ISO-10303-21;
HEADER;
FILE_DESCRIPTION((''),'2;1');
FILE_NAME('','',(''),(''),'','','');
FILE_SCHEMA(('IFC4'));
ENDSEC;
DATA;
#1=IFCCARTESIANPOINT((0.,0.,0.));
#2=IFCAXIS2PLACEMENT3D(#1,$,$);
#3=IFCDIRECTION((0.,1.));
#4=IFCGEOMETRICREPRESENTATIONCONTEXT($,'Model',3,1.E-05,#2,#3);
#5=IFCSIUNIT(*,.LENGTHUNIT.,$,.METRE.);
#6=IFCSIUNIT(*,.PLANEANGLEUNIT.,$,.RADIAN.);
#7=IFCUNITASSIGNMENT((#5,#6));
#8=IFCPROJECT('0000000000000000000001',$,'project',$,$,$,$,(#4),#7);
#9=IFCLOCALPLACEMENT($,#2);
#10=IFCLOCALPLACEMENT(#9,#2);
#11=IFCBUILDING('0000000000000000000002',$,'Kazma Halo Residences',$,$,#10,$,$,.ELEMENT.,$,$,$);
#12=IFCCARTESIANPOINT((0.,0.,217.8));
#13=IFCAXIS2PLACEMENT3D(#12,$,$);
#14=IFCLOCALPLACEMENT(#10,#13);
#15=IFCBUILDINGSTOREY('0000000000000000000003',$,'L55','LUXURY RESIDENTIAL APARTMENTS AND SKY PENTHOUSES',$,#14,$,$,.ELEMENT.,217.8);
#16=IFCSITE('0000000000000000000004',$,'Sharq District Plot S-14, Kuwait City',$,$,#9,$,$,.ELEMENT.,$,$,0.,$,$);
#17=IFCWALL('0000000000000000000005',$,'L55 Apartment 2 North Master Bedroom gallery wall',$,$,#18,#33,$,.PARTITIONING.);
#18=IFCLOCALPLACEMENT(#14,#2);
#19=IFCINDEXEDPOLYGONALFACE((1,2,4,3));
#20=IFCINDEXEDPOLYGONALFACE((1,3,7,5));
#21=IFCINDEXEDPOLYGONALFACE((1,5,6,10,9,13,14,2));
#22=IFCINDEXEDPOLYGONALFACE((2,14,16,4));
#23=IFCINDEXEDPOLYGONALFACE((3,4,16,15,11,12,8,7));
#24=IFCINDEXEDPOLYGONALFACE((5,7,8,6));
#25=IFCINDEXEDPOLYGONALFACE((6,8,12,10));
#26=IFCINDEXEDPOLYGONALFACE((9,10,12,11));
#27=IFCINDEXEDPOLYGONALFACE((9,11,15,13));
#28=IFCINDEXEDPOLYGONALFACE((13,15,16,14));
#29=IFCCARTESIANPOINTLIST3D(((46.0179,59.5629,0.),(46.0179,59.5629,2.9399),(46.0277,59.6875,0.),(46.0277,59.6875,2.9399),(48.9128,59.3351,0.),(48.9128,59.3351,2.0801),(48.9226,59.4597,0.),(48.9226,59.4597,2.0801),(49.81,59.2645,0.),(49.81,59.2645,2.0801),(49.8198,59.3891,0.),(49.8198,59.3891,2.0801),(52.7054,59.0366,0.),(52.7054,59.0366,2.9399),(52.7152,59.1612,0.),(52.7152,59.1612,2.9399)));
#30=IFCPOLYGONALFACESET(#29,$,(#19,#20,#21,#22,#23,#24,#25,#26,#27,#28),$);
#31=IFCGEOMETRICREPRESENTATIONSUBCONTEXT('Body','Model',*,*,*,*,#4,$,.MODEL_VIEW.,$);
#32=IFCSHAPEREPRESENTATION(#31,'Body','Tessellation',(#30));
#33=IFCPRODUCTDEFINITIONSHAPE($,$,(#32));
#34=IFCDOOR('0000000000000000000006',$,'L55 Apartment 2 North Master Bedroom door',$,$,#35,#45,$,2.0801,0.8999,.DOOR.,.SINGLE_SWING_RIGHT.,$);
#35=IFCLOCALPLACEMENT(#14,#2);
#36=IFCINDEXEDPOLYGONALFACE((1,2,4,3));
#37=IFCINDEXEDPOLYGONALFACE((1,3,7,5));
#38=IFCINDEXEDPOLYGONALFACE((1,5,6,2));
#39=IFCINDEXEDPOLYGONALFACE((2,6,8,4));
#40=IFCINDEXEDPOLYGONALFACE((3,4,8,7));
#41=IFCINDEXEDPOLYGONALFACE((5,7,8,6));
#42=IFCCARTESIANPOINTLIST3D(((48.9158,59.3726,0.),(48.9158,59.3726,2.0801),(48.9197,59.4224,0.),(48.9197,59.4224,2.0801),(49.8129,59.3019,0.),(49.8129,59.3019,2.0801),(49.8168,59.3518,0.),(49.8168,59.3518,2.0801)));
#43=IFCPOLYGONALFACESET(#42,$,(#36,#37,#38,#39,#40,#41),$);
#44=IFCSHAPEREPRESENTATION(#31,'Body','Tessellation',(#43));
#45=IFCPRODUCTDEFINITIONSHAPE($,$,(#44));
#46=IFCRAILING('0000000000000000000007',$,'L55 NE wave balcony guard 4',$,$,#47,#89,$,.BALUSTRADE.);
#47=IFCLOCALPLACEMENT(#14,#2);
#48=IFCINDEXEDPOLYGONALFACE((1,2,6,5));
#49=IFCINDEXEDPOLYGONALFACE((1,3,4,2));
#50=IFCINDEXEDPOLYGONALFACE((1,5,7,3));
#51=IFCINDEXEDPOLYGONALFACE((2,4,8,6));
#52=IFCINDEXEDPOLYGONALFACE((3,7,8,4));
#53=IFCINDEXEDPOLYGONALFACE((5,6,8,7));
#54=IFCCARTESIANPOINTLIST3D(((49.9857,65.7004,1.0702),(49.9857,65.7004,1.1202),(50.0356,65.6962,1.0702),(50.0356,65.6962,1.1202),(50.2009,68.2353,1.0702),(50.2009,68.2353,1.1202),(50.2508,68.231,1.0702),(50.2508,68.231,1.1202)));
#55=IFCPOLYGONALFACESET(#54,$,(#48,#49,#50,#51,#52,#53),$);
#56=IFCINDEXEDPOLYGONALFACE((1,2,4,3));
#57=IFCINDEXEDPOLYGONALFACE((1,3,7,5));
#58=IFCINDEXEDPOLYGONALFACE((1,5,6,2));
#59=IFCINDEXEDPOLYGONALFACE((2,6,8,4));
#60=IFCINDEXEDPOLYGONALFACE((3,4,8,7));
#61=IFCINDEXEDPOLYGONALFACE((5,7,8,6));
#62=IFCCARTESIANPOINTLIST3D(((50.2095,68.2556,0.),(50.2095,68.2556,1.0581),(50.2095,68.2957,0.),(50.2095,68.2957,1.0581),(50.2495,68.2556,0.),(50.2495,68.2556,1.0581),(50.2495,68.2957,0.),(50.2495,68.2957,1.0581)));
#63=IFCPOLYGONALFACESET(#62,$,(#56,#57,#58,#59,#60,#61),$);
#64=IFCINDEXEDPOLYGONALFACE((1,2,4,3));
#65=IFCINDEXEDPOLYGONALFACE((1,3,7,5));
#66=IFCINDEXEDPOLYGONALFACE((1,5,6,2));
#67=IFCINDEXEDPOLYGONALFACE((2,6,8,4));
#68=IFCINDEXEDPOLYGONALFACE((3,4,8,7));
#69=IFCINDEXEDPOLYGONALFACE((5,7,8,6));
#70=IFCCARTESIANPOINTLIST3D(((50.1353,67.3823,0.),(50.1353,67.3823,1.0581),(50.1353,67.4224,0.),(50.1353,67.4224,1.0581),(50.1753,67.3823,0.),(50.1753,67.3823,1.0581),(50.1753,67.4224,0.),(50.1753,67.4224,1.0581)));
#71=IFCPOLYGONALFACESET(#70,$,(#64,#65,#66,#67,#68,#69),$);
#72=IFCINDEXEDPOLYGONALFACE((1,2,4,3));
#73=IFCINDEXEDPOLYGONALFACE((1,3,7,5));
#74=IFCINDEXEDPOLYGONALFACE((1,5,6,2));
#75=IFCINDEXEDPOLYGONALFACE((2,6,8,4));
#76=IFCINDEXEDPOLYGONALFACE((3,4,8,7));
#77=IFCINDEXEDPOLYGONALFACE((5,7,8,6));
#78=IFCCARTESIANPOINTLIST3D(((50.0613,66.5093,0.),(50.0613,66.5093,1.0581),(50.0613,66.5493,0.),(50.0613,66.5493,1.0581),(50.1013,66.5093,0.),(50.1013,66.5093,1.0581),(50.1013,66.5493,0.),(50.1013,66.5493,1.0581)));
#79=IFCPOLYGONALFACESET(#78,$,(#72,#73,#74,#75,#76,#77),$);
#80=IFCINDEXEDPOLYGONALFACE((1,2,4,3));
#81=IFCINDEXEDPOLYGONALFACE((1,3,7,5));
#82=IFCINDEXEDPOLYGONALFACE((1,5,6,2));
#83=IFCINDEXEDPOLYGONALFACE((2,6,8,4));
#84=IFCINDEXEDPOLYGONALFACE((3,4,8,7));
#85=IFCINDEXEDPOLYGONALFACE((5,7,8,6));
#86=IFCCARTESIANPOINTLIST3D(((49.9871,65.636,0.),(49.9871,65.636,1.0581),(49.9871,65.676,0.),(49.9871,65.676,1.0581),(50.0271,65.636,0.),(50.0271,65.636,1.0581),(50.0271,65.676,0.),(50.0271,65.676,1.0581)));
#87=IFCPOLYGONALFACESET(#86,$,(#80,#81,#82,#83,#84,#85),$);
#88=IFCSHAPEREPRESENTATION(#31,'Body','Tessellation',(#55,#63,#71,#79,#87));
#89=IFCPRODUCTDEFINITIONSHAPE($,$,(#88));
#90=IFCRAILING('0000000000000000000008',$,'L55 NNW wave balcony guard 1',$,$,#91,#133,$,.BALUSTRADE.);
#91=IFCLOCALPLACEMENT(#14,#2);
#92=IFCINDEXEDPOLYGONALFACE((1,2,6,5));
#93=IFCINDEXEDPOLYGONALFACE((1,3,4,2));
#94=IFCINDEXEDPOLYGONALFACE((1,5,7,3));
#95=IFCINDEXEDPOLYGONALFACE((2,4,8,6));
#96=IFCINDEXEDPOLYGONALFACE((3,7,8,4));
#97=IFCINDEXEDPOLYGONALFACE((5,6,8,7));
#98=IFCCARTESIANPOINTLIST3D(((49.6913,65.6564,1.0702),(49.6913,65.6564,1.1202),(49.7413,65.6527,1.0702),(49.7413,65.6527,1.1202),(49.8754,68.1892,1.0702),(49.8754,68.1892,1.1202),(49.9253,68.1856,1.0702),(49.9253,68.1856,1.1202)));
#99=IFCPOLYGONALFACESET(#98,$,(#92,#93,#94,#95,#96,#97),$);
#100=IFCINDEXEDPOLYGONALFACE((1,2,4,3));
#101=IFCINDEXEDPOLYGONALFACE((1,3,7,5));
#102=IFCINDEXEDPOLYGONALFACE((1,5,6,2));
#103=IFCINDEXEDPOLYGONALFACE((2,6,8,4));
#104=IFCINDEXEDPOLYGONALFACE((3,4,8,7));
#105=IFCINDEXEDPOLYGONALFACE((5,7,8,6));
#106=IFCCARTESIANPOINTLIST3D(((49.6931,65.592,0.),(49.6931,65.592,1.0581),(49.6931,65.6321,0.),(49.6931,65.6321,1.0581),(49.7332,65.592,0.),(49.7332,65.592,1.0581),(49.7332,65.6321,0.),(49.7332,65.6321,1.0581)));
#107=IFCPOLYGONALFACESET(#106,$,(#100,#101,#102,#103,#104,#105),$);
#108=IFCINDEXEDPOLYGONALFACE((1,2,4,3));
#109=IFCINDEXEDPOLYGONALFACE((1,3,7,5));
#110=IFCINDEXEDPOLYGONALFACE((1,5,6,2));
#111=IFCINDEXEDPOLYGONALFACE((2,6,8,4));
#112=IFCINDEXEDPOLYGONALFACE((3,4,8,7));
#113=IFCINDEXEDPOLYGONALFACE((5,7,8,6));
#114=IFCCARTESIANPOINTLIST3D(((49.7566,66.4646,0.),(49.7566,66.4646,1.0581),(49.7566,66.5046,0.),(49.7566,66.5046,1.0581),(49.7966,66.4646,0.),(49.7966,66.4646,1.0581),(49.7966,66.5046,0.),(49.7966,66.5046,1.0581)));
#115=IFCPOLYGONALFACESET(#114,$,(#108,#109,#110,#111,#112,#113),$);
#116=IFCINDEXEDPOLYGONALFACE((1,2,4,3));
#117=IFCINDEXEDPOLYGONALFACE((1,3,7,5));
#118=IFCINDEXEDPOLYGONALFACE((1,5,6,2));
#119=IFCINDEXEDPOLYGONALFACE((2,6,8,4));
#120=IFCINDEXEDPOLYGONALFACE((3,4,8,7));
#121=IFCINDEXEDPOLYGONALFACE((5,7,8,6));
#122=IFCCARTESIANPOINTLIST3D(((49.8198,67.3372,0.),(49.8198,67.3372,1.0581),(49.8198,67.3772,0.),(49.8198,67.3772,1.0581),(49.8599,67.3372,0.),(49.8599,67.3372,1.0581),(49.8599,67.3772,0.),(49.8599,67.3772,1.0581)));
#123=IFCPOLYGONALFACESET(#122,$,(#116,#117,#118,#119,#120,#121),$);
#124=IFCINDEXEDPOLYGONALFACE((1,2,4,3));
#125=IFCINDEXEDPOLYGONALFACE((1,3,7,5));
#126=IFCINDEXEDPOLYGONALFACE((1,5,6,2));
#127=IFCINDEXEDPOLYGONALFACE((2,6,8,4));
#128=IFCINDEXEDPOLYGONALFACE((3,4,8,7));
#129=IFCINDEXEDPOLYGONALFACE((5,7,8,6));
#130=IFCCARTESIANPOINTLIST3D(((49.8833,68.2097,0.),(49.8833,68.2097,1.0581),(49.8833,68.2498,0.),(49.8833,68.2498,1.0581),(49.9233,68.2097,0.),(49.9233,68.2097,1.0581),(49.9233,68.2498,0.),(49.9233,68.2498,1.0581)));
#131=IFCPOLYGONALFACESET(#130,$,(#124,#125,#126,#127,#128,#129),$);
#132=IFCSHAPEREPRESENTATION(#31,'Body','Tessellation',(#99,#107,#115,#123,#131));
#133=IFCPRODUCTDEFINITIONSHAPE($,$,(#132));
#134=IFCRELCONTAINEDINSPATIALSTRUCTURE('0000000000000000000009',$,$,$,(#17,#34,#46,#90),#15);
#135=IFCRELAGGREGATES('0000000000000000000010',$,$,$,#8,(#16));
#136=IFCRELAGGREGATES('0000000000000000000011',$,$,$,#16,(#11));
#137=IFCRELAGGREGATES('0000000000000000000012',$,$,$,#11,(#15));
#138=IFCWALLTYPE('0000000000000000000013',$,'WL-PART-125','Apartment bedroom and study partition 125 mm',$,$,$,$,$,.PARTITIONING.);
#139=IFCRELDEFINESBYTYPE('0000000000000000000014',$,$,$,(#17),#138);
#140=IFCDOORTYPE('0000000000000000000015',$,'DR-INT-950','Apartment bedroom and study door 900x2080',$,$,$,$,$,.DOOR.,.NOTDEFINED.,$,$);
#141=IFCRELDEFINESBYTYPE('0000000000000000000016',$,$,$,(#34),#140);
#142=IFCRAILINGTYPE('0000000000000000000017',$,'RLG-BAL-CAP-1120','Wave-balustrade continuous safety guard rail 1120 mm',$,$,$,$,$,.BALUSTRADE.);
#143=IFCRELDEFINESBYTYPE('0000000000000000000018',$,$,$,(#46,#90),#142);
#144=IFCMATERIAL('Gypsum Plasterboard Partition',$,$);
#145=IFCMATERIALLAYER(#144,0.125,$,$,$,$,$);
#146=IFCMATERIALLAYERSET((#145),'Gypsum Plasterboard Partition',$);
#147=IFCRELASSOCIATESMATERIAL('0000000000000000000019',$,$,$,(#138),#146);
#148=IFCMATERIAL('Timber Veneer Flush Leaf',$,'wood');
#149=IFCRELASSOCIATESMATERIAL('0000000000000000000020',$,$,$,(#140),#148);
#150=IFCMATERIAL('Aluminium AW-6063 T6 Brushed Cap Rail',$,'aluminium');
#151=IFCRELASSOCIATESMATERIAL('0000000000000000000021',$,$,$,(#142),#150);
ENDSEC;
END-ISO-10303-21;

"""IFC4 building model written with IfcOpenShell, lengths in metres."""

from ifc_helpers import new_model, si_unit, direction, frame, frame_2d, origin, origin_2d, place, context, subcontext, project, spatial, rectangle, extrude, material, layer, layer_set, type_object, element, fill, save


model = new_model("IFC4")

# Units and contexts
model_context = context("Model", 3, precision=1e-05, world=origin(), true_north=direction((0.0, 1.0)))
body_context = subcontext(model_context, "Body", "Model", "MODEL_VIEW")
ifc_project = project(units=[si_unit("LENGTHUNIT", "METRE"), si_unit("PLANEANGLEUNIT", "RADIAN")], contexts=[model_context])

# Site, building, storey
site_placement = place(None, origin())
site = spatial("IfcSite", under=ifc_project, at=site_placement, Name="Sharq District Plot S-14, Kuwait City", CompositionType="ELEMENT", RefElevation=0.0)
building_placement = place(site_placement, origin())
building = spatial("IfcBuilding", under=site, at=building_placement, Name="Kazma Halo Residences", CompositionType="ELEMENT")
storey_placement = place(building_placement, frame((0.0, 0.0, 217.8)))
storey = spatial("IfcBuildingStorey", under=building, at=storey_placement, Name="L55", Description="LUXURY RESIDENTIAL APARTMENTS AND SKY PENTHOUSES", CompositionType="ELEMENT", Elevation=217.8)

# Shared definitions
ifc_material_1 = material(Name="Gypsum Plasterboard Partition")
ifc_layer_1 = layer(ifc_material_1, 0.125)
ifc_layer_set_1 = layer_set([ifc_layer_1], Name="Gypsum Plasterboard Partition")
wall_type_1 = type_object("IfcWallType", Name="WL-PART-125", Description="Apartment bedroom and study partition 125 mm", PredefinedType="PARTITIONING", material=ifc_layer_set_1)

# Wall, opening, door
wall_1_placement = place(storey_placement, frame((52.7102, 59.0989, 0.0), z_axis=(0.0, 0.0, 1.0), x_axis=(-0.996917, 0.078466, 0.0)))
wall_1 = element("IfcWall", 1, at=wall_1_placement, inside=storey, type_object=wall_type_1, Name="L55 Apartment 2 North Master Bedroom gallery wall", PredefinedType="PARTITIONING", context=body_context, shape_type="SweptSolid", body=[
    extrude(rectangle(XDim=6.7083, YDim=0.125, at=frame_2d((3.354, 0.0))), origin(), (0.0, 0.0, 1.0), 2.9399),
])
opening_1_placement = place(wall_1_placement, frame((2.9043, 0.0, 0.0)))
opening_1 = element("IfcOpeningElement", 2, at=opening_1_placement, cuts=wall_1, PredefinedType="OPENING", context=body_context, shape_type="SweptSolid", body=[
    extrude(rectangle(XDim=0.8999, YDim=2.0801, at=frame_2d((0.45, 1.04))), frame((0.0, 0.0725, 0.0), z_axis=(0.0, -1.0, 0.0), x_axis=(1.0, 0.0, 0.0)), (0.0, 0.0, 1.0), 0.145),
])
ifc_material_2 = material(Name="Timber Veneer Flush Leaf", Category="wood")
door_type_1 = type_object("IfcDoorType", Name="DR-INT-950", Description="Apartment bedroom and study door 900x2080", OperationType="NOTDEFINED", PredefinedType="DOOR", material=ifc_material_2)
door_1_placement = place(opening_1_placement, origin())
door_1 = element("IfcDoor", 3, at=door_1_placement, inside=storey, type_object=door_type_1, Name="L55 Apartment 2 North Master Bedroom door", OperationType="SINGLE_SWING_RIGHT", OverallHeight=2.0801, OverallWidth=0.8999, PredefinedType="DOOR", context=body_context, shape_type="SweptSolid", body=[
    extrude(rectangle(XDim=0.8999, YDim=2.0801, at=frame_2d((0.45, 1.04))), frame((0.0, 0.0249, 0.0), z_axis=(0.0, -1.0, 0.0), x_axis=(1.0, 0.0, 0.0)), (0.0, 0.0, 1.0), 0.05),
])
fill(opening_1, door_1)

# Railings
ifc_material_3 = material(Name="Aluminium AW-6063 T6 Brushed Cap Rail", Category="aluminium")
railing_type = type_object("IfcRailingType", Name="RLG-BAL-CAP-1120", Description="Wave-balustrade continuous safety guard rail 1120 mm", PredefinedType="BALUSTRADE", material=ifc_material_3)
railing_1_placement = place(storey_placement, frame((50.2295, 68.2756, 0.0)))
element("IfcRailing", 4, at=railing_1_placement, inside=storey, type_object=railing_type, Name="L55 NE wave balcony guard 4", PredefinedType="BALUSTRADE", context=body_context, shape_type="SweptSolid", body=[
    extrude(rectangle(XDim=0.05, YDim=0.05, at=origin_2d()), frame((-0.0037, -0.0425, 1.0952), z_axis=(-0.084598, -0.996415, 0.0), x_axis=(0.996415, -0.084598, 0.0)), (0.0, 0.0, 1.0), 2.5439),
    extrude(rectangle(XDim=0.04, YDim=0.04, at=origin_2d()), origin(), (0.0, 0.0, 1.0), 1.0581),
    extrude(rectangle(XDim=0.04, YDim=0.04, at=origin_2d()), frame((-0.0742, -0.8733, 0.0)), (0.0, 0.0, 1.0), 1.0581),
    extrude(rectangle(XDim=0.04, YDim=0.04, at=origin_2d()), frame((-0.1482, -1.7463, 0.0)), (0.0, 0.0, 1.0), 1.0581),
    extrude(rectangle(XDim=0.04, YDim=0.04, at=origin_2d()), frame((-0.2224, -2.6196, 0.0)), (0.0, 0.0, 1.0), 1.0581),
])
railing_2_placement = place(storey_placement, frame((49.7131, 65.6121, 0.0)))
element("IfcRailing", 5, at=railing_2_placement, inside=storey, type_object=railing_type, Name="L55 NNW wave balcony guard 1", PredefinedType="BALUSTRADE", context=body_context, shape_type="SweptSolid", body=[
    extrude(rectangle(XDim=0.05, YDim=0.05, at=origin_2d()), frame((0.0032, 0.0425, 1.0952), z_axis=(0.072463, 0.997371, 0.0), x_axis=(-0.997371, 0.072463, 0.0)), (0.0, 0.0, 1.0), 2.5396),
    extrude(rectangle(XDim=0.04, YDim=0.04, at=origin_2d()), origin(), (0.0, 0.0, 1.0), 1.0581),
    extrude(rectangle(XDim=0.04, YDim=0.04, at=origin_2d()), frame((0.0635, 0.8726, 0.0)), (0.0, 0.0, 1.0), 1.0581),
    extrude(rectangle(XDim=0.04, YDim=0.04, at=origin_2d()), frame((0.1267, 1.7451, 0.0)), (0.0, 0.0, 1.0), 1.0581),
    extrude(rectangle(XDim=0.04, YDim=0.04, at=origin_2d()), frame((0.1902, 2.6177, 0.0)), (0.0, 0.0, 1.0), 1.0581),
])

save(model, "model.ifc")
